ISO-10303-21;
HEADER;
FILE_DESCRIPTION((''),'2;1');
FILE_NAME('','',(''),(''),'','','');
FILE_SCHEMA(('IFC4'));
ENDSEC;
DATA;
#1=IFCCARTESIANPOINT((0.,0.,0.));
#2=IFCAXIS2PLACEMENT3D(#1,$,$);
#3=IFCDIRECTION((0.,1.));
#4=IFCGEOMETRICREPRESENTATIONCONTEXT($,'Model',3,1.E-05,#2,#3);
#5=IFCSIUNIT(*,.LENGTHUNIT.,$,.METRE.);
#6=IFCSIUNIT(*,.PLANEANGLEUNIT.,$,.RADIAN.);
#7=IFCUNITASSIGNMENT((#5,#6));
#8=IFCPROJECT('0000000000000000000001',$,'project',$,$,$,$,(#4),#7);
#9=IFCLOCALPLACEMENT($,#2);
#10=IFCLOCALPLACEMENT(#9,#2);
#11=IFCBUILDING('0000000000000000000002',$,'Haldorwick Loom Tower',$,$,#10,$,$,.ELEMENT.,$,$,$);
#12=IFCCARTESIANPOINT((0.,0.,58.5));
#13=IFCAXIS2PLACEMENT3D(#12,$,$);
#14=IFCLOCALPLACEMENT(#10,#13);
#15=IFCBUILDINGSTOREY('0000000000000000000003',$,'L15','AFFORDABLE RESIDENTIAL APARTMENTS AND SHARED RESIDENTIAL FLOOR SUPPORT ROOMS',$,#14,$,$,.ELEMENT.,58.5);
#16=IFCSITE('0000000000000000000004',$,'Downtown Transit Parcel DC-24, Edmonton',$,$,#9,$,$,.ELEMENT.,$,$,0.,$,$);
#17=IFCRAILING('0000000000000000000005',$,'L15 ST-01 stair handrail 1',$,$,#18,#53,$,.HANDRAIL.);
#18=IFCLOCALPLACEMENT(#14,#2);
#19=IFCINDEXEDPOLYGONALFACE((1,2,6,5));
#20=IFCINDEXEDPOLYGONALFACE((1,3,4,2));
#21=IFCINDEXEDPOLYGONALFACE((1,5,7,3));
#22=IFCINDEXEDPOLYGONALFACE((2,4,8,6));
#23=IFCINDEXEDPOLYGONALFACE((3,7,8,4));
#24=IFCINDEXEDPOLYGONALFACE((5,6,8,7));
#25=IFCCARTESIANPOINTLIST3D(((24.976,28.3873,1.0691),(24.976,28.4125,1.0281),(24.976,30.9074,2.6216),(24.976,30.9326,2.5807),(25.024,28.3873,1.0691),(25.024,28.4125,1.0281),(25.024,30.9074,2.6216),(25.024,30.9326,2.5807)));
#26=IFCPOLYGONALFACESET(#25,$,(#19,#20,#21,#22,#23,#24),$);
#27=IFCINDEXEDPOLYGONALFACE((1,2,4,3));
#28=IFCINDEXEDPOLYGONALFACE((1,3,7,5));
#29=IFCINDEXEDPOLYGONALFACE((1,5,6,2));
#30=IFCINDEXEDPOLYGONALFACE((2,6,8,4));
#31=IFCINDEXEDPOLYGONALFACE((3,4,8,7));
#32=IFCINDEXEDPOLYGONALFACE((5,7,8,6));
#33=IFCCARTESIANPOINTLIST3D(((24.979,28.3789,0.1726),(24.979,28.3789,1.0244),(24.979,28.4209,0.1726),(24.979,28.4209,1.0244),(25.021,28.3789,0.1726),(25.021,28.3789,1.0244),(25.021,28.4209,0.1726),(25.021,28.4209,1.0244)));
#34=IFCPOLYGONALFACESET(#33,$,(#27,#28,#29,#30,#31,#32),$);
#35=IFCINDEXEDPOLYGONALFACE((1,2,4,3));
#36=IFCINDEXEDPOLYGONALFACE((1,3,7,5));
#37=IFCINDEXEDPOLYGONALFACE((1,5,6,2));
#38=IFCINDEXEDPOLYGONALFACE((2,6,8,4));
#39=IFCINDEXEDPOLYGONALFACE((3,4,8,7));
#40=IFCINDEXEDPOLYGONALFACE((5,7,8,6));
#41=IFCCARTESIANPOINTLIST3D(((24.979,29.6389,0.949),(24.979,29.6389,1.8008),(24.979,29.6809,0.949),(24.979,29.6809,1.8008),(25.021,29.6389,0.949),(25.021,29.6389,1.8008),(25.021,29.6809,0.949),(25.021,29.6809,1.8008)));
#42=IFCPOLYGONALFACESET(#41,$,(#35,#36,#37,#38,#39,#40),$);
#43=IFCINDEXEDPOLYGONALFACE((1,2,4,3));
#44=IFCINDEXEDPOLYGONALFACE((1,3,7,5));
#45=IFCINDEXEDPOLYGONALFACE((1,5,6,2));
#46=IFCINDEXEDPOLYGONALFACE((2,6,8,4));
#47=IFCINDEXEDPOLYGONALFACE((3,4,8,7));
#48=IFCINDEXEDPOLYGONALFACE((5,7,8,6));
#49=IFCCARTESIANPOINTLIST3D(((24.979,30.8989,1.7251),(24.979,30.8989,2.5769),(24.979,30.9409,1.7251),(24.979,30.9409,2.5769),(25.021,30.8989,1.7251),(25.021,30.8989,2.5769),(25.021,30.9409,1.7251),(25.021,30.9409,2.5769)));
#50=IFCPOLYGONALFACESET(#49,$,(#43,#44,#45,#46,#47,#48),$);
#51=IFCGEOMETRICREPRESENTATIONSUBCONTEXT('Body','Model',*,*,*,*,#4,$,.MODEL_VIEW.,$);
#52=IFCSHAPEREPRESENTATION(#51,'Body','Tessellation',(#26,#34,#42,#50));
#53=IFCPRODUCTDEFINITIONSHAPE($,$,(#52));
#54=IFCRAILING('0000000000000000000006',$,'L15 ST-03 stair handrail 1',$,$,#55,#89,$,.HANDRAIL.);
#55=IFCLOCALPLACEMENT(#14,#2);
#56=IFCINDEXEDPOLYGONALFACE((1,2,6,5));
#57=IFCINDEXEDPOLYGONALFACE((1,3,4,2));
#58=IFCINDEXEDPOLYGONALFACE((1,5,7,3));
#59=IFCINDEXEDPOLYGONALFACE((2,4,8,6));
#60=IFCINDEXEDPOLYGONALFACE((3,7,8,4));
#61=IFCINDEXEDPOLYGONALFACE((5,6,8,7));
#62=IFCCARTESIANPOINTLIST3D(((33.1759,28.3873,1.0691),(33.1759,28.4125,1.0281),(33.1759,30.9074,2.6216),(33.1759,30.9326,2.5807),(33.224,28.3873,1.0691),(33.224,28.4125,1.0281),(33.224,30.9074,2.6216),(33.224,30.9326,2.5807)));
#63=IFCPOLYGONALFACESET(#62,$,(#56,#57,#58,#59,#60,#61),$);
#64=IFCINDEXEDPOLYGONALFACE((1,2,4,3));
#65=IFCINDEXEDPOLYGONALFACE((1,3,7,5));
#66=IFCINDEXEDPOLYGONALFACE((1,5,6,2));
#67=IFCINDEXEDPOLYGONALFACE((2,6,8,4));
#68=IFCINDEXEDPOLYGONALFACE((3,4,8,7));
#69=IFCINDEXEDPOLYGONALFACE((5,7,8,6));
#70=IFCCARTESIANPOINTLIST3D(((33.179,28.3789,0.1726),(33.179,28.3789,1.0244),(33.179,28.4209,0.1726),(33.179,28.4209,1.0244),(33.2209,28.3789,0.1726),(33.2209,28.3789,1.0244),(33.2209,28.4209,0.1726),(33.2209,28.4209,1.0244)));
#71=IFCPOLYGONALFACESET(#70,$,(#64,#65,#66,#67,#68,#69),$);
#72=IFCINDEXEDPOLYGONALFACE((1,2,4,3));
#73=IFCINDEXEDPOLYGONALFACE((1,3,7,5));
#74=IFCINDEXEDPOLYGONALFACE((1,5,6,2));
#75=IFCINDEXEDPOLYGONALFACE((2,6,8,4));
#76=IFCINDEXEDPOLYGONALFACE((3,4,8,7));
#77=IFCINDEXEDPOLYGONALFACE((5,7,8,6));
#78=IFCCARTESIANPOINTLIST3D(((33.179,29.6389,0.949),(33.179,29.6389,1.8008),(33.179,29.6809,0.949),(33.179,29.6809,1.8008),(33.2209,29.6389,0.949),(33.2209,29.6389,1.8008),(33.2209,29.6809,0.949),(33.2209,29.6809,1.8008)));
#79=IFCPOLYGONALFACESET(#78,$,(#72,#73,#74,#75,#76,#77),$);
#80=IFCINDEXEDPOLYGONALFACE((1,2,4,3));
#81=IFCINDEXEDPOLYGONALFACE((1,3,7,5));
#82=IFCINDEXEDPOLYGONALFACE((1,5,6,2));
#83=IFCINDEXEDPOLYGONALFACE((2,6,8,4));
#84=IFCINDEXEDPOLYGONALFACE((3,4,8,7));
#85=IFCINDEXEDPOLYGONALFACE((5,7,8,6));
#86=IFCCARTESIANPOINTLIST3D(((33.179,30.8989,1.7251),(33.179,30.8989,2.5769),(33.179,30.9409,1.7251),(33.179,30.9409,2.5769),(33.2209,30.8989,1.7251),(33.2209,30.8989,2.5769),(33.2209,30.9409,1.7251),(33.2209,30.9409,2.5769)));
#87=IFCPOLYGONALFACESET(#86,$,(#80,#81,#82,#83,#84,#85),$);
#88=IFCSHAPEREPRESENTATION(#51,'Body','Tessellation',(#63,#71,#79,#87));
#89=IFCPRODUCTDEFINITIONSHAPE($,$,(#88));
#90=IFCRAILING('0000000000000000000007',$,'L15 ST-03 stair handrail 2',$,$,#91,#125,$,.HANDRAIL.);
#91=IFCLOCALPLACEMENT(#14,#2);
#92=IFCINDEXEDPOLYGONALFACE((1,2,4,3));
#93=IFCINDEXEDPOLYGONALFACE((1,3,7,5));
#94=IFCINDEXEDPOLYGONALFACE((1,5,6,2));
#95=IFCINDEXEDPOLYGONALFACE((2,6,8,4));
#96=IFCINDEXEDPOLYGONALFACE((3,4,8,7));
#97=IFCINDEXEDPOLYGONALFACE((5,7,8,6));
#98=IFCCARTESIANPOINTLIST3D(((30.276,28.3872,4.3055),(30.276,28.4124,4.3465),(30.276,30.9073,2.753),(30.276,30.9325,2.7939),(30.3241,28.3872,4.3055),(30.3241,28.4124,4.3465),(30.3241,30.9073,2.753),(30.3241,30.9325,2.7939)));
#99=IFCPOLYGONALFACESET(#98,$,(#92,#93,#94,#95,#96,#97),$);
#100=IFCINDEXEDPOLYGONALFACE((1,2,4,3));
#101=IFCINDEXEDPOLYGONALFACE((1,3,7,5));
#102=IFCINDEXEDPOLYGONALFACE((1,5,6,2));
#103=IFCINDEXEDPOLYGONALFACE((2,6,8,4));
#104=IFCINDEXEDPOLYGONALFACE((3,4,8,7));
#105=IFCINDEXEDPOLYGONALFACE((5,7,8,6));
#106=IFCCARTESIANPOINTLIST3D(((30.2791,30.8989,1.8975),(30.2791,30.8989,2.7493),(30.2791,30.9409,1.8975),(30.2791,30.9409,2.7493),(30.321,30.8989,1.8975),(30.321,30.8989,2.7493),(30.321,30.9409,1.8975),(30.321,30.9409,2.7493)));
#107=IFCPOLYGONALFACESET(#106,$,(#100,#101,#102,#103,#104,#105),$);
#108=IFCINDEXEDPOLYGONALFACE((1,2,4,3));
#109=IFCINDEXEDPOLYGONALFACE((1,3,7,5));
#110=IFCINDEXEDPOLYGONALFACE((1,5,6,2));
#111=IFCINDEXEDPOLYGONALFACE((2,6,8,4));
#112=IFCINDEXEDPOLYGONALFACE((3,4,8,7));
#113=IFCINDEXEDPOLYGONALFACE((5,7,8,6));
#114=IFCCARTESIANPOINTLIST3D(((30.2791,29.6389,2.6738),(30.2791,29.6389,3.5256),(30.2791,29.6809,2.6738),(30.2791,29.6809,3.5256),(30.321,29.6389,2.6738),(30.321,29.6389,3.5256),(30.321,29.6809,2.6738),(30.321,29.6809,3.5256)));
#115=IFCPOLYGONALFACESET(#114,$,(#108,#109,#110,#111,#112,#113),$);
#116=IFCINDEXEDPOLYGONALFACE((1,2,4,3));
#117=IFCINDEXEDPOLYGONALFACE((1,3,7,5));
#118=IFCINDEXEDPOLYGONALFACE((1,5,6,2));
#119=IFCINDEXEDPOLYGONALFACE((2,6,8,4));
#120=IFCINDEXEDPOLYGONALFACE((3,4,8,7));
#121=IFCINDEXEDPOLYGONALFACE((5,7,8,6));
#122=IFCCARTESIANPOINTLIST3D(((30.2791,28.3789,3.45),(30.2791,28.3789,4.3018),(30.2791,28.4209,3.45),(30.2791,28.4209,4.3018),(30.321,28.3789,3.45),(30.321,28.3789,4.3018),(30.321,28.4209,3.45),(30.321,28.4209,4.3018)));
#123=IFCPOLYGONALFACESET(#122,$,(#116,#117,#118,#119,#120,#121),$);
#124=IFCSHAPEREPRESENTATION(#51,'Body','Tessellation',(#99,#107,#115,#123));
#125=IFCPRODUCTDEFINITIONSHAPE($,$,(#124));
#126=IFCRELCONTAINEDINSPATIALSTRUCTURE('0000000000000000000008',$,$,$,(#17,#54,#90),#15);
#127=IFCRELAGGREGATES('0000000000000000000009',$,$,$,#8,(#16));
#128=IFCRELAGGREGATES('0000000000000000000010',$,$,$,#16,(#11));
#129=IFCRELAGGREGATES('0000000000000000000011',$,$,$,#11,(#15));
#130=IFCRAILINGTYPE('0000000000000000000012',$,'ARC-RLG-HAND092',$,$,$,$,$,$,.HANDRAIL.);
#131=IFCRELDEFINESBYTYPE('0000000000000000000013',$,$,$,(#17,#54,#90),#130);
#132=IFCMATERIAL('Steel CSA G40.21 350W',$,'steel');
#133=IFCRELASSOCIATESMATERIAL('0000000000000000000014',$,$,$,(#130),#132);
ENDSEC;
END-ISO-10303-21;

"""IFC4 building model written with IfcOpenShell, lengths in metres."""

from ifc_helpers import new_model, si_unit, direction, frame, origin, origin_2d, place, context, subcontext, project, spatial, rectangle, extrude, material, type_object, element, save


model = new_model("IFC4")

# Units and contexts
model_context = context("Model", 3, precision=1e-05, world=origin(), true_north=direction((0.0, 1.0)))
body_context = subcontext(model_context, "Body", "Model", "MODEL_VIEW")
ifc_project = project(units=[si_unit("LENGTHUNIT", "METRE"), si_unit("PLANEANGLEUNIT", "RADIAN")], contexts=[model_context])

# Site, building, storey
site_placement = place(None, origin())
site = spatial("IfcSite", under=ifc_project, at=site_placement, Name="Downtown Transit Parcel DC-24, Edmonton", CompositionType="ELEMENT", RefElevation=0.0)
building_placement = place(site_placement, origin())
building = spatial("IfcBuilding", under=site, at=building_placement, Name="Haldorwick Loom Tower", CompositionType="ELEMENT")
storey_placement = place(building_placement, frame((0.0, 0.0, 58.5)))
storey = spatial("IfcBuildingStorey", under=building, at=storey_placement, Name="L15", Description="AFFORDABLE RESIDENTIAL APARTMENTS AND SHARED RESIDENTIAL FLOOR SUPPORT ROOMS", CompositionType="ELEMENT", Elevation=58.5)

# Shared definitions
ifc_material_1 = material(Name="Steel CSA G40.21 350W", Category="steel")

# Railings
railing_type_1 = type_object("IfcRailingType", Name="ARC-RLG-HAND092", PredefinedType="HANDRAIL", material=ifc_material_1)
for number, where, name in (
    (1, (25.0, 28.3999, 0.1726), "L15 ST-01 stair handrail 1"),
    (2, (33.2, 28.3999, 0.1726), "L15 ST-03 stair handrail 1"),
):
    element("IfcRailing", number, at=place(storey_placement, frame(where)), inside=storey, type_object=railing_type_1, Name=name, PredefinedType="HANDRAIL", context=body_context, shape_type="SweptSolid", body=[
        extrude(rectangle(XDim=0.0481, YDim=0.0481, at=origin_2d()), frame((0.0, 0.0, 0.876), z_axis=(0.0, 0.8514, 0.524516), x_axis=(-1.0, 0.0, 0.0)), (0.0, 0.0, 1.0), 2.96),
        extrude(rectangle(XDim=0.042, YDim=0.042, at=origin_2d()), origin(), (0.0, 0.0, 1.0), 0.8518),
        extrude(rectangle(XDim=0.042, YDim=0.042, at=origin_2d()), frame((0.0, 1.26, 0.7764)), (0.0, 0.0, 1.0), 0.8518),
        extrude(rectangle(XDim=0.042, YDim=0.042, at=origin_2d()), frame((0.0, 2.52, 1.5525)), (0.0, 0.0, 1.0), 0.8518),
    ])
railing_1_placement = place(storey_placement, frame((30.3, 30.9199, 1.8975)))
element("IfcRailing", 3, at=railing_1_placement, inside=storey, type_object=railing_type_1, Name="L15 ST-03 stair handrail 2", PredefinedType="HANDRAIL", context=body_context, shape_type="SweptSolid", body=[
    extrude(rectangle(XDim=0.0481, YDim=0.0481, at=origin_2d()), frame((0.0, 0.0, 0.876), z_axis=(0.0, -0.8514, 0.524516), x_axis=(1.0, 0.0, 0.0)), (0.0, 0.0, 1.0), 2.96),
    extrude(rectangle(XDim=0.042, YDim=0.042, at=origin_2d()), origin(), (0.0, 0.0, 1.0), 0.8518),
    extrude(rectangle(XDim=0.042, YDim=0.042, at=origin_2d()), frame((0.0, -1.26, 0.7764)), (0.0, 0.0, 1.0), 0.8518),
    extrude(rectangle(XDim=0.042, YDim=0.042, at=origin_2d()), frame((0.0, -2.52, 1.5525)), (0.0, 0.0, 1.0), 0.8518),
])

save(model, "model.ifc")
